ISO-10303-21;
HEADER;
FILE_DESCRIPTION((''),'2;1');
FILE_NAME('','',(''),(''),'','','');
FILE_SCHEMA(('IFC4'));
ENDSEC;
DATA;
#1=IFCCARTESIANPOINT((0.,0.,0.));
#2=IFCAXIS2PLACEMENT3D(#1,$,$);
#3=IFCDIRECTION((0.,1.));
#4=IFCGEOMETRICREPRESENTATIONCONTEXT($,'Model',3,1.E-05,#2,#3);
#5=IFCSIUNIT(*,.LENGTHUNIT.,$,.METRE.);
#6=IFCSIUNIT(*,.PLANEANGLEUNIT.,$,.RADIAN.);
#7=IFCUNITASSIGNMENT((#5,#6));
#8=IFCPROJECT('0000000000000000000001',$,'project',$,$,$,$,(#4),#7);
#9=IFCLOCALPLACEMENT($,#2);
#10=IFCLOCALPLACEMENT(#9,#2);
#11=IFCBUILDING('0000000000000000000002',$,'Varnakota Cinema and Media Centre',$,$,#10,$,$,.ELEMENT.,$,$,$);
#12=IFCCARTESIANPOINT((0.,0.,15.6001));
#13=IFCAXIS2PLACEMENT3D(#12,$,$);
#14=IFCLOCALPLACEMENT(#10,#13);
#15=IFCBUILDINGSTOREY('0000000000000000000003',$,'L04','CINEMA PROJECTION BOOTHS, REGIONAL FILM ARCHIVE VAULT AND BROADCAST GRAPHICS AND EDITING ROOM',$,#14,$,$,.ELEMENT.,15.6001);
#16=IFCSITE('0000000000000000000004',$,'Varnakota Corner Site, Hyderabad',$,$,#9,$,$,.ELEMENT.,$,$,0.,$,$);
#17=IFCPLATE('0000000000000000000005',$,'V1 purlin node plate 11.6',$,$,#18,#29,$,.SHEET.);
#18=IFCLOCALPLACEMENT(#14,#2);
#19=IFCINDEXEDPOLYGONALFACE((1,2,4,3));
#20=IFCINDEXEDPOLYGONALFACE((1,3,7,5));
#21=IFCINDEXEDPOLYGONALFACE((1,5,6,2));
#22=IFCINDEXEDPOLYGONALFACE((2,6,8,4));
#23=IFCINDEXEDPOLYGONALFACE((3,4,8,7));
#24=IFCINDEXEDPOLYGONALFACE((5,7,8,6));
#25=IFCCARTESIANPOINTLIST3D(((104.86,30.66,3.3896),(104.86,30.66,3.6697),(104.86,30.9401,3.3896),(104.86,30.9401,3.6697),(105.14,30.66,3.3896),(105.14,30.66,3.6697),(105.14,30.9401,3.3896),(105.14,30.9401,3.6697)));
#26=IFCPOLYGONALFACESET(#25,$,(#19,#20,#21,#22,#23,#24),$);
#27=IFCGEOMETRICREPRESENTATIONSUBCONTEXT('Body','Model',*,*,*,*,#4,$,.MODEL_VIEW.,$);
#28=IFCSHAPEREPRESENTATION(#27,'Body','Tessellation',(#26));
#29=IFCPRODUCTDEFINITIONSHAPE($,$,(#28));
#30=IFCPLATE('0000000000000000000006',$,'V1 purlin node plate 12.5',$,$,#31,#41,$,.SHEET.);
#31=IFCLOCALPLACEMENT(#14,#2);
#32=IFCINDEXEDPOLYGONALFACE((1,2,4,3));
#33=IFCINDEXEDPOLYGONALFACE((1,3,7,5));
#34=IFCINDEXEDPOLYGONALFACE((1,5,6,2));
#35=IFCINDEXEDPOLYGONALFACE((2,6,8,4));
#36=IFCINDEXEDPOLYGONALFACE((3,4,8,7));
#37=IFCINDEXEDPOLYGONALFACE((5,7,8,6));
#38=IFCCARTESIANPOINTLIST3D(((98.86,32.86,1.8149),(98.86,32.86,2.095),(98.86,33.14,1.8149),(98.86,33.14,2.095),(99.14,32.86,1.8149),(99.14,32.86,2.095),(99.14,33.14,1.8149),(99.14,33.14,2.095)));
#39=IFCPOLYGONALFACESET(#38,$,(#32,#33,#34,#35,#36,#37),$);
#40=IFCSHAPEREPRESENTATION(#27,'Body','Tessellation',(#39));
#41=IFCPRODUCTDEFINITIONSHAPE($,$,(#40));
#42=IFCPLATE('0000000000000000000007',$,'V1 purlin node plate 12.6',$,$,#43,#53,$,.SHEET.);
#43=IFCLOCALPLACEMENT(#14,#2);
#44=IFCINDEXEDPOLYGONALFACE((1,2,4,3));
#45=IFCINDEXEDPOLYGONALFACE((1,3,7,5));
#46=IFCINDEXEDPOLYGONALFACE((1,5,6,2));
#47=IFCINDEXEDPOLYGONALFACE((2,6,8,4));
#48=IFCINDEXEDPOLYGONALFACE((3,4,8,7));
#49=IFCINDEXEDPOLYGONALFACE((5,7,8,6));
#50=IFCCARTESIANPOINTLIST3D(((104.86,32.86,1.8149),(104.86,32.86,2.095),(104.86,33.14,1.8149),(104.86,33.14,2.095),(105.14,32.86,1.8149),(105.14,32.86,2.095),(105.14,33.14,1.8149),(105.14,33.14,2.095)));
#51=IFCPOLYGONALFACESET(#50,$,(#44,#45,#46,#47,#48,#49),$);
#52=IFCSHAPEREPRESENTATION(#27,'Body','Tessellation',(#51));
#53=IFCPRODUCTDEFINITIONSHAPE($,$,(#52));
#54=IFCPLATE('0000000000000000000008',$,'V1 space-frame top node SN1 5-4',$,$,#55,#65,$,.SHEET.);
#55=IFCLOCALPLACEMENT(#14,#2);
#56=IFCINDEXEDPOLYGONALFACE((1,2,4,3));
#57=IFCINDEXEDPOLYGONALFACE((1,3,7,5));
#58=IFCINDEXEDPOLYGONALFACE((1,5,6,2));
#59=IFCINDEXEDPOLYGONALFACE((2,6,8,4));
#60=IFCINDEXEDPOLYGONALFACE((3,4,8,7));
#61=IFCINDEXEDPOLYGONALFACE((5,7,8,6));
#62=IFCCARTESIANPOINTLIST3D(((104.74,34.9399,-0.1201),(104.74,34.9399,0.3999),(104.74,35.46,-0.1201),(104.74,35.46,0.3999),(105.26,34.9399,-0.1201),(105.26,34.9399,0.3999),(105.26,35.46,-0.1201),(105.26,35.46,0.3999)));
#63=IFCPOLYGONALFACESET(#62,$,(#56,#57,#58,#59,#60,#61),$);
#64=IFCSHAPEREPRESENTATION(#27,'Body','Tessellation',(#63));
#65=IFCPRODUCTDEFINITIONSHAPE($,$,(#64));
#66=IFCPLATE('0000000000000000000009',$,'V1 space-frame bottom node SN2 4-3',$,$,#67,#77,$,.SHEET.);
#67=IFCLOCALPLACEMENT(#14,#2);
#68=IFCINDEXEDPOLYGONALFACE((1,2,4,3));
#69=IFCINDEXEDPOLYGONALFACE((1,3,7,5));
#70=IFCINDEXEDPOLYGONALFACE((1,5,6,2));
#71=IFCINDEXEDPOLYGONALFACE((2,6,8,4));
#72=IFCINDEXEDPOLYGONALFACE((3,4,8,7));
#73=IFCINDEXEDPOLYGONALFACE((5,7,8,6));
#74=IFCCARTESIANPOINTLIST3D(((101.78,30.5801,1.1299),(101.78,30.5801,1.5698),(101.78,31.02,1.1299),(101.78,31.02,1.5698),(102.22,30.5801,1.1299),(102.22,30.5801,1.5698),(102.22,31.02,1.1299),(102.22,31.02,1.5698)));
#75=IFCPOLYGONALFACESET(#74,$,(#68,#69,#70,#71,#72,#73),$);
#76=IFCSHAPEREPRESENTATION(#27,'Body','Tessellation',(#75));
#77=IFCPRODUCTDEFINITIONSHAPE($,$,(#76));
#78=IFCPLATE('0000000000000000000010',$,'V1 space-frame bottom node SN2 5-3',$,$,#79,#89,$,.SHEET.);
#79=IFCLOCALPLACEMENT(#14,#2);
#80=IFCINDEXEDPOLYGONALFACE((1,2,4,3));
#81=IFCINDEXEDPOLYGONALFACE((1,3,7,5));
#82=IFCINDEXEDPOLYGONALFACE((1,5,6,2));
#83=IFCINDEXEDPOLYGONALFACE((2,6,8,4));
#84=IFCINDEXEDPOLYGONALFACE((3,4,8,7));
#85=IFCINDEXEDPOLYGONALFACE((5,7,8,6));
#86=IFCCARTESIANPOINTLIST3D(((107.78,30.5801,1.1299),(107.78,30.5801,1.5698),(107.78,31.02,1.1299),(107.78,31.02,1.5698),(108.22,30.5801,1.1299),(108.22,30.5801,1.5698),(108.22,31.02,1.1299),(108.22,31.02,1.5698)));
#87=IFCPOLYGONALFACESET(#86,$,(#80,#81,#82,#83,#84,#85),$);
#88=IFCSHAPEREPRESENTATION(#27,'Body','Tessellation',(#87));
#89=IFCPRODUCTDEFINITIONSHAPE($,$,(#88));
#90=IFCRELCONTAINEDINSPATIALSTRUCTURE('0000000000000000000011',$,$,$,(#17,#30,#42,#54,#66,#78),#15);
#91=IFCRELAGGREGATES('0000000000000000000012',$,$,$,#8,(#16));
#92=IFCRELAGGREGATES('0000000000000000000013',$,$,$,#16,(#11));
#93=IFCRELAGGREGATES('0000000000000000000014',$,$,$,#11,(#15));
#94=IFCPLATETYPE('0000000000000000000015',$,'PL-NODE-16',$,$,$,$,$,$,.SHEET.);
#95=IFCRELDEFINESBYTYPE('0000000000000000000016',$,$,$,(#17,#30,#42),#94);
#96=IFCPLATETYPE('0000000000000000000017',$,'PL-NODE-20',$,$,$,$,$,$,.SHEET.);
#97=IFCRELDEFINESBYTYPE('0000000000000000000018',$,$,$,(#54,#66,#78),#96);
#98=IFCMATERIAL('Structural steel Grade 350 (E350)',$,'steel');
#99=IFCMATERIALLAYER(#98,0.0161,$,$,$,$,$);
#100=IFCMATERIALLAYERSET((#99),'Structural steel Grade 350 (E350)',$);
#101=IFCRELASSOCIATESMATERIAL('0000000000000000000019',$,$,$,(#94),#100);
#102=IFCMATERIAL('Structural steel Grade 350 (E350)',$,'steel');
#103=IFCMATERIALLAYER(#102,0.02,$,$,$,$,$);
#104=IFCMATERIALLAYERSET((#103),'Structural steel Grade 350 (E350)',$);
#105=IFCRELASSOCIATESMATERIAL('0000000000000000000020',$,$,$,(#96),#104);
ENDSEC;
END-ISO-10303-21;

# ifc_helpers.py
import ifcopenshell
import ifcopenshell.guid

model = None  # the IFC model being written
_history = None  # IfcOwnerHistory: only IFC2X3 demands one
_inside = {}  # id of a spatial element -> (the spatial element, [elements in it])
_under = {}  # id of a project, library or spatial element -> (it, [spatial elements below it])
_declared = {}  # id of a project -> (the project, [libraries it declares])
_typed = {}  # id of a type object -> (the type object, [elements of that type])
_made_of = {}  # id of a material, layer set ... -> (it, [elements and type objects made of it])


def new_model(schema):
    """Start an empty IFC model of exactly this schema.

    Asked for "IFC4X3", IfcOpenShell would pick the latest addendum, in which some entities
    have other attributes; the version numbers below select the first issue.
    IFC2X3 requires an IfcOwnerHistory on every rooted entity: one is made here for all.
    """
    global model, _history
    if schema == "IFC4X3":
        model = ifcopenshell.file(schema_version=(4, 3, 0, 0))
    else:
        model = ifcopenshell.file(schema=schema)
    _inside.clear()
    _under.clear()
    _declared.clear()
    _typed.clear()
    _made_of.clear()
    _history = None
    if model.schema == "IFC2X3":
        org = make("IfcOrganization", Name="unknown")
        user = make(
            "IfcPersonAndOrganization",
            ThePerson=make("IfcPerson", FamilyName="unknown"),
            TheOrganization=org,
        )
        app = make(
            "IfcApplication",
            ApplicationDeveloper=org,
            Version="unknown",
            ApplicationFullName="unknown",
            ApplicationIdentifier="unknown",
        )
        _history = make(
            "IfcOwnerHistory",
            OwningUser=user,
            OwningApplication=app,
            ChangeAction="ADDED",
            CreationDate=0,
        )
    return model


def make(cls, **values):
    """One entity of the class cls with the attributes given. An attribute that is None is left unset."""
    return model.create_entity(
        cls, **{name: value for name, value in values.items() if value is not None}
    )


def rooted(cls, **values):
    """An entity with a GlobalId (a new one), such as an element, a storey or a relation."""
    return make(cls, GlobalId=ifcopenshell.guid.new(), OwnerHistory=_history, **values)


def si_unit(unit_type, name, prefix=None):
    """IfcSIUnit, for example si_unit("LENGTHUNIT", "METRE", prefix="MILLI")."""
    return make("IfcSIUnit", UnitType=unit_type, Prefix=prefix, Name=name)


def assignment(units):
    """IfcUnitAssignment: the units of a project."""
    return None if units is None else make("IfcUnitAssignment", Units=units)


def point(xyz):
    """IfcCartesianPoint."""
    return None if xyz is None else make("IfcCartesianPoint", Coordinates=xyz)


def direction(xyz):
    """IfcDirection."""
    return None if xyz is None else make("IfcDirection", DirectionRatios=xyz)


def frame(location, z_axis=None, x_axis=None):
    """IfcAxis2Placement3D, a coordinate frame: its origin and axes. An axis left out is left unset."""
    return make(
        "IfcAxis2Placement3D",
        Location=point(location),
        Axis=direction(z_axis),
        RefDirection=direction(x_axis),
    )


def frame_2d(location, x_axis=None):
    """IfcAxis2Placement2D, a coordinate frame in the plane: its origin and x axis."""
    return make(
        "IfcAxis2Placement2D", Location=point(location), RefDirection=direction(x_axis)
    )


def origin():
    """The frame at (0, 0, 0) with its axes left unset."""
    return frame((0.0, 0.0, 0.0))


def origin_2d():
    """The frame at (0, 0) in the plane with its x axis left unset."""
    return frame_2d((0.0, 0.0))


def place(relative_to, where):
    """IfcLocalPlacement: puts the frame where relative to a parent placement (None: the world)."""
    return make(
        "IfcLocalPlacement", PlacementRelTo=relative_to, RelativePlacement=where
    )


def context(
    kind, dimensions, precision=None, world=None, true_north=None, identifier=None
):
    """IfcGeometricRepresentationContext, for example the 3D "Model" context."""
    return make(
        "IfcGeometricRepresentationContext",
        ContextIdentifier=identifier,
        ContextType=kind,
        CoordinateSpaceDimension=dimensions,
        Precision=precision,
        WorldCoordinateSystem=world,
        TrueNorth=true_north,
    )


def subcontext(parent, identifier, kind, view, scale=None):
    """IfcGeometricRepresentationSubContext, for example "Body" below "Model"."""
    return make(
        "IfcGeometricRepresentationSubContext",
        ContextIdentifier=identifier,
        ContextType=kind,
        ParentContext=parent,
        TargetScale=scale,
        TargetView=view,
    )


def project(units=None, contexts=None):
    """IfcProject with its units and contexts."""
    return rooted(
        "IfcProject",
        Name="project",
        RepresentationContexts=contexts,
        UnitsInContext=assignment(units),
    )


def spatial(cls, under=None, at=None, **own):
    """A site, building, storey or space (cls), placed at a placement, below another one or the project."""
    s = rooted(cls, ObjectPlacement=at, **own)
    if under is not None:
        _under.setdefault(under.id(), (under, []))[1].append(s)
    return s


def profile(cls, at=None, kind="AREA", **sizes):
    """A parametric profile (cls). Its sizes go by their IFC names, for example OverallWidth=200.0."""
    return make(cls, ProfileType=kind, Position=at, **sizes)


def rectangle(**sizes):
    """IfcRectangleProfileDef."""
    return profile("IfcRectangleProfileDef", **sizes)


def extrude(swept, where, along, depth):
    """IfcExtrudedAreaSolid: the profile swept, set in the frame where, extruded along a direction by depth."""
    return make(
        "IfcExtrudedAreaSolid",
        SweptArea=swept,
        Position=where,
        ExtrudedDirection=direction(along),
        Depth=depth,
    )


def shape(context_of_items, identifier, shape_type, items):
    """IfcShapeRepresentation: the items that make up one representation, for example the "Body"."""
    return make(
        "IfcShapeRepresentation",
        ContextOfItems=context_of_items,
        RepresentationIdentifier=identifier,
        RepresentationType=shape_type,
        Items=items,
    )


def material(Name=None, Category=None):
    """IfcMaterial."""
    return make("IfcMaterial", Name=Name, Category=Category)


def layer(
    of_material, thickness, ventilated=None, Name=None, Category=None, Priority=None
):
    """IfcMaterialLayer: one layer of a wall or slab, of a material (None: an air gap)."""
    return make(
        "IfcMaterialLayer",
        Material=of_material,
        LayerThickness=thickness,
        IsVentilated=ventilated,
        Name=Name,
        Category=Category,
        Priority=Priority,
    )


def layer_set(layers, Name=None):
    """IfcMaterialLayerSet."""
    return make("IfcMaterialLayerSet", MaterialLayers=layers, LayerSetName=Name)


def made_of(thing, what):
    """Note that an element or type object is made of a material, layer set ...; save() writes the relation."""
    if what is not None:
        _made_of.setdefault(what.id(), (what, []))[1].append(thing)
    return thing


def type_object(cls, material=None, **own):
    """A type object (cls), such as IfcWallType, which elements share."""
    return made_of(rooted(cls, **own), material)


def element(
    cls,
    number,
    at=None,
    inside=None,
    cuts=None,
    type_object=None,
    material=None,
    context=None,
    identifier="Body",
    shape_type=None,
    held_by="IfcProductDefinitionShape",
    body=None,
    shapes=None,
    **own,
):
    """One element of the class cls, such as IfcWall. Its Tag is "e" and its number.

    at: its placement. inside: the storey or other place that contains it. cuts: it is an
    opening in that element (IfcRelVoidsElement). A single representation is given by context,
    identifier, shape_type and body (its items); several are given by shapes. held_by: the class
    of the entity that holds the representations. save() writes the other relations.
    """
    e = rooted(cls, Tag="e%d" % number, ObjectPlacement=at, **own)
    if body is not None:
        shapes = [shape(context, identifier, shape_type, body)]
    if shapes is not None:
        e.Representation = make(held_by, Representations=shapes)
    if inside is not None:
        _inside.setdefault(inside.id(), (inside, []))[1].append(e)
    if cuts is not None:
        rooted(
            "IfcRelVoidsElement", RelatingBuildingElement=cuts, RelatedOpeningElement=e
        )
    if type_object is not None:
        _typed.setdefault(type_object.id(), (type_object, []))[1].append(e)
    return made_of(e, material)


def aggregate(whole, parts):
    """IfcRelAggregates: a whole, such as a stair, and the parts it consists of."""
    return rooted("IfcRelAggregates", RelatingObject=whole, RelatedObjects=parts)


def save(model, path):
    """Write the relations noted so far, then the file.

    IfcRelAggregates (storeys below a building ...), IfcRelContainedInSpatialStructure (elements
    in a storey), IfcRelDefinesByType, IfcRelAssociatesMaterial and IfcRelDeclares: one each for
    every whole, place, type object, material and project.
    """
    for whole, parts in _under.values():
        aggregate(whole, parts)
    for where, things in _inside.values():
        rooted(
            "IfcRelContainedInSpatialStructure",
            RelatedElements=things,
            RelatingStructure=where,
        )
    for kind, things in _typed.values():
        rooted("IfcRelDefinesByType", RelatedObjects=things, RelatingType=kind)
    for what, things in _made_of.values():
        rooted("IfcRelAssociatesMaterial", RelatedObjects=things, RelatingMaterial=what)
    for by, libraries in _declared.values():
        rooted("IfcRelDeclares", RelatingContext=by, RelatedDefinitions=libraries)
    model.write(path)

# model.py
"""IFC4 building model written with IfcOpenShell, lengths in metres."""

from ifc_helpers import new_model, si_unit, direction, frame, origin, origin_2d, place, context, subcontext, project, spatial, rectangle, extrude, material, layer, layer_set, type_object, element, save


model = new_model("IFC4")

# Units and contexts
model_context = context("Model", 3, precision=1e-05, world=origin(), true_north=direction((0.0, 1.0)))
body_context = subcontext(model_context, "Body", "Model", "MODEL_VIEW")
ifc_project = project(units=[si_unit("LENGTHUNIT", "METRE"), si_unit("PLANEANGLEUNIT", "RADIAN")], contexts=[model_context])

# Site, building, storey
site_placement = place(None, origin())
site = spatial("IfcSite", under=ifc_project, at=site_placement, Name="Varnakota Corner Site, Hyderabad", CompositionType="ELEMENT", RefElevation=0.0)
building_placement = place(site_placement, origin())
building = spatial("IfcBuilding", under=site, at=building_placement, Name="Varnakota Cinema and Media Centre", CompositionType="ELEMENT")
storey_placement = place(building_placement, frame((0.0, 0.0, 15.6001)))
storey = spatial("IfcBuildingStorey", under=building, at=storey_placement, Name="L04", Description="CINEMA PROJECTION BOOTHS, REGIONAL FILM ARCHIVE VAULT AND BROADCAST GRAPHICS AND EDITING ROOM", CompositionType="ELEMENT", Elevation=15.6001)

# Plates
ifc_material_1 = material(Name="Structural steel Grade 350 (E350)", Category="steel")
ifc_layer_1 = layer(ifc_material_1, 0.0161)
ifc_layer_set_1 = layer_set([ifc_layer_1], Name="Structural steel Grade 350 (E350)")
plate_type_1 = type_object("IfcPlateType", Name="PL-NODE-16", PredefinedType="SHEET", material=ifc_layer_set_1)
for number, where, z_axis, x_axis, name in (
    (1, (105.0, 30.8, 3.3896), (0.0, 0.0, 1.0), (1.0, 0.0, 0.0), "V1 purlin node plate 11.6"),
    (2, (99.0, 33.0, 1.8149), (0.0, 0.0, 1.0), (1.0, 0.0, 0.0), "V1 purlin node plate 12.5"),
    (3, (105.0, 33.0, 1.8149), (0.0, 0.0, 1.0), (1.0, 0.0, 0.0), "V1 purlin node plate 12.6"),
):
    element("IfcPlate", number, at=place(storey_placement, frame(where, z_axis=z_axis, x_axis=x_axis)), inside=storey, type_object=plate_type_1, Name=name, PredefinedType="SHEET", context=body_context, shape_type="SweptSolid", body=[
        extrude(rectangle(XDim=0.28, YDim=0.28, at=origin_2d()), origin(), (0.0, 0.0, 1.0), 0.28),
    ])
ifc_material_2 = material(Name="Structural steel Grade 350 (E350)", Category="steel")
ifc_layer_2 = layer(ifc_material_2, 0.02)
ifc_layer_set_2 = layer_set([ifc_layer_2], Name="Structural steel Grade 350 (E350)")
plate_type_2 = type_object("IfcPlateType", Name="PL-NODE-20", PredefinedType="SHEET", material=ifc_layer_set_2)
plate_placement = place(storey_placement, frame((105.0, 35.2, -0.1201), z_axis=(0.0, 0.0, 1.0), x_axis=(1.0, 0.0, 0.0)))
element("IfcPlate", 4, at=plate_placement, inside=storey, type_object=plate_type_2, Name="V1 space-frame top node SN1 5-4", PredefinedType="SHEET", context=body_context, shape_type="SweptSolid", body=[
    extrude(rectangle(XDim=0.52, YDim=0.52, at=origin_2d()), origin(), (0.0, 0.0, 1.0), 0.52),
])
for number, where, z_axis, x_axis, name in (
    (5, (102.0, 30.8, 1.1299), (0.0, 0.0, 1.0), (1.0, 0.0, 0.0), "V1 space-frame bottom node SN2 4-3"),
    (6, (108.0, 30.8, 1.1299), (0.0, 0.0, 1.0), (1.0, 0.0, 0.0), "V1 space-frame bottom node SN2 5-3"),
):
    element("IfcPlate", number, at=place(storey_placement, frame(where, z_axis=z_axis, x_axis=x_axis)), inside=storey, type_object=plate_type_2, Name=name, PredefinedType="SHEET", context=body_context, shape_type="SweptSolid", body=[
        extrude(rectangle(XDim=0.4399, YDim=0.4399, at=origin_2d()), origin(), (0.0, 0.0, 1.0), 0.4399),
    ])

save(model, "model.ifc")
